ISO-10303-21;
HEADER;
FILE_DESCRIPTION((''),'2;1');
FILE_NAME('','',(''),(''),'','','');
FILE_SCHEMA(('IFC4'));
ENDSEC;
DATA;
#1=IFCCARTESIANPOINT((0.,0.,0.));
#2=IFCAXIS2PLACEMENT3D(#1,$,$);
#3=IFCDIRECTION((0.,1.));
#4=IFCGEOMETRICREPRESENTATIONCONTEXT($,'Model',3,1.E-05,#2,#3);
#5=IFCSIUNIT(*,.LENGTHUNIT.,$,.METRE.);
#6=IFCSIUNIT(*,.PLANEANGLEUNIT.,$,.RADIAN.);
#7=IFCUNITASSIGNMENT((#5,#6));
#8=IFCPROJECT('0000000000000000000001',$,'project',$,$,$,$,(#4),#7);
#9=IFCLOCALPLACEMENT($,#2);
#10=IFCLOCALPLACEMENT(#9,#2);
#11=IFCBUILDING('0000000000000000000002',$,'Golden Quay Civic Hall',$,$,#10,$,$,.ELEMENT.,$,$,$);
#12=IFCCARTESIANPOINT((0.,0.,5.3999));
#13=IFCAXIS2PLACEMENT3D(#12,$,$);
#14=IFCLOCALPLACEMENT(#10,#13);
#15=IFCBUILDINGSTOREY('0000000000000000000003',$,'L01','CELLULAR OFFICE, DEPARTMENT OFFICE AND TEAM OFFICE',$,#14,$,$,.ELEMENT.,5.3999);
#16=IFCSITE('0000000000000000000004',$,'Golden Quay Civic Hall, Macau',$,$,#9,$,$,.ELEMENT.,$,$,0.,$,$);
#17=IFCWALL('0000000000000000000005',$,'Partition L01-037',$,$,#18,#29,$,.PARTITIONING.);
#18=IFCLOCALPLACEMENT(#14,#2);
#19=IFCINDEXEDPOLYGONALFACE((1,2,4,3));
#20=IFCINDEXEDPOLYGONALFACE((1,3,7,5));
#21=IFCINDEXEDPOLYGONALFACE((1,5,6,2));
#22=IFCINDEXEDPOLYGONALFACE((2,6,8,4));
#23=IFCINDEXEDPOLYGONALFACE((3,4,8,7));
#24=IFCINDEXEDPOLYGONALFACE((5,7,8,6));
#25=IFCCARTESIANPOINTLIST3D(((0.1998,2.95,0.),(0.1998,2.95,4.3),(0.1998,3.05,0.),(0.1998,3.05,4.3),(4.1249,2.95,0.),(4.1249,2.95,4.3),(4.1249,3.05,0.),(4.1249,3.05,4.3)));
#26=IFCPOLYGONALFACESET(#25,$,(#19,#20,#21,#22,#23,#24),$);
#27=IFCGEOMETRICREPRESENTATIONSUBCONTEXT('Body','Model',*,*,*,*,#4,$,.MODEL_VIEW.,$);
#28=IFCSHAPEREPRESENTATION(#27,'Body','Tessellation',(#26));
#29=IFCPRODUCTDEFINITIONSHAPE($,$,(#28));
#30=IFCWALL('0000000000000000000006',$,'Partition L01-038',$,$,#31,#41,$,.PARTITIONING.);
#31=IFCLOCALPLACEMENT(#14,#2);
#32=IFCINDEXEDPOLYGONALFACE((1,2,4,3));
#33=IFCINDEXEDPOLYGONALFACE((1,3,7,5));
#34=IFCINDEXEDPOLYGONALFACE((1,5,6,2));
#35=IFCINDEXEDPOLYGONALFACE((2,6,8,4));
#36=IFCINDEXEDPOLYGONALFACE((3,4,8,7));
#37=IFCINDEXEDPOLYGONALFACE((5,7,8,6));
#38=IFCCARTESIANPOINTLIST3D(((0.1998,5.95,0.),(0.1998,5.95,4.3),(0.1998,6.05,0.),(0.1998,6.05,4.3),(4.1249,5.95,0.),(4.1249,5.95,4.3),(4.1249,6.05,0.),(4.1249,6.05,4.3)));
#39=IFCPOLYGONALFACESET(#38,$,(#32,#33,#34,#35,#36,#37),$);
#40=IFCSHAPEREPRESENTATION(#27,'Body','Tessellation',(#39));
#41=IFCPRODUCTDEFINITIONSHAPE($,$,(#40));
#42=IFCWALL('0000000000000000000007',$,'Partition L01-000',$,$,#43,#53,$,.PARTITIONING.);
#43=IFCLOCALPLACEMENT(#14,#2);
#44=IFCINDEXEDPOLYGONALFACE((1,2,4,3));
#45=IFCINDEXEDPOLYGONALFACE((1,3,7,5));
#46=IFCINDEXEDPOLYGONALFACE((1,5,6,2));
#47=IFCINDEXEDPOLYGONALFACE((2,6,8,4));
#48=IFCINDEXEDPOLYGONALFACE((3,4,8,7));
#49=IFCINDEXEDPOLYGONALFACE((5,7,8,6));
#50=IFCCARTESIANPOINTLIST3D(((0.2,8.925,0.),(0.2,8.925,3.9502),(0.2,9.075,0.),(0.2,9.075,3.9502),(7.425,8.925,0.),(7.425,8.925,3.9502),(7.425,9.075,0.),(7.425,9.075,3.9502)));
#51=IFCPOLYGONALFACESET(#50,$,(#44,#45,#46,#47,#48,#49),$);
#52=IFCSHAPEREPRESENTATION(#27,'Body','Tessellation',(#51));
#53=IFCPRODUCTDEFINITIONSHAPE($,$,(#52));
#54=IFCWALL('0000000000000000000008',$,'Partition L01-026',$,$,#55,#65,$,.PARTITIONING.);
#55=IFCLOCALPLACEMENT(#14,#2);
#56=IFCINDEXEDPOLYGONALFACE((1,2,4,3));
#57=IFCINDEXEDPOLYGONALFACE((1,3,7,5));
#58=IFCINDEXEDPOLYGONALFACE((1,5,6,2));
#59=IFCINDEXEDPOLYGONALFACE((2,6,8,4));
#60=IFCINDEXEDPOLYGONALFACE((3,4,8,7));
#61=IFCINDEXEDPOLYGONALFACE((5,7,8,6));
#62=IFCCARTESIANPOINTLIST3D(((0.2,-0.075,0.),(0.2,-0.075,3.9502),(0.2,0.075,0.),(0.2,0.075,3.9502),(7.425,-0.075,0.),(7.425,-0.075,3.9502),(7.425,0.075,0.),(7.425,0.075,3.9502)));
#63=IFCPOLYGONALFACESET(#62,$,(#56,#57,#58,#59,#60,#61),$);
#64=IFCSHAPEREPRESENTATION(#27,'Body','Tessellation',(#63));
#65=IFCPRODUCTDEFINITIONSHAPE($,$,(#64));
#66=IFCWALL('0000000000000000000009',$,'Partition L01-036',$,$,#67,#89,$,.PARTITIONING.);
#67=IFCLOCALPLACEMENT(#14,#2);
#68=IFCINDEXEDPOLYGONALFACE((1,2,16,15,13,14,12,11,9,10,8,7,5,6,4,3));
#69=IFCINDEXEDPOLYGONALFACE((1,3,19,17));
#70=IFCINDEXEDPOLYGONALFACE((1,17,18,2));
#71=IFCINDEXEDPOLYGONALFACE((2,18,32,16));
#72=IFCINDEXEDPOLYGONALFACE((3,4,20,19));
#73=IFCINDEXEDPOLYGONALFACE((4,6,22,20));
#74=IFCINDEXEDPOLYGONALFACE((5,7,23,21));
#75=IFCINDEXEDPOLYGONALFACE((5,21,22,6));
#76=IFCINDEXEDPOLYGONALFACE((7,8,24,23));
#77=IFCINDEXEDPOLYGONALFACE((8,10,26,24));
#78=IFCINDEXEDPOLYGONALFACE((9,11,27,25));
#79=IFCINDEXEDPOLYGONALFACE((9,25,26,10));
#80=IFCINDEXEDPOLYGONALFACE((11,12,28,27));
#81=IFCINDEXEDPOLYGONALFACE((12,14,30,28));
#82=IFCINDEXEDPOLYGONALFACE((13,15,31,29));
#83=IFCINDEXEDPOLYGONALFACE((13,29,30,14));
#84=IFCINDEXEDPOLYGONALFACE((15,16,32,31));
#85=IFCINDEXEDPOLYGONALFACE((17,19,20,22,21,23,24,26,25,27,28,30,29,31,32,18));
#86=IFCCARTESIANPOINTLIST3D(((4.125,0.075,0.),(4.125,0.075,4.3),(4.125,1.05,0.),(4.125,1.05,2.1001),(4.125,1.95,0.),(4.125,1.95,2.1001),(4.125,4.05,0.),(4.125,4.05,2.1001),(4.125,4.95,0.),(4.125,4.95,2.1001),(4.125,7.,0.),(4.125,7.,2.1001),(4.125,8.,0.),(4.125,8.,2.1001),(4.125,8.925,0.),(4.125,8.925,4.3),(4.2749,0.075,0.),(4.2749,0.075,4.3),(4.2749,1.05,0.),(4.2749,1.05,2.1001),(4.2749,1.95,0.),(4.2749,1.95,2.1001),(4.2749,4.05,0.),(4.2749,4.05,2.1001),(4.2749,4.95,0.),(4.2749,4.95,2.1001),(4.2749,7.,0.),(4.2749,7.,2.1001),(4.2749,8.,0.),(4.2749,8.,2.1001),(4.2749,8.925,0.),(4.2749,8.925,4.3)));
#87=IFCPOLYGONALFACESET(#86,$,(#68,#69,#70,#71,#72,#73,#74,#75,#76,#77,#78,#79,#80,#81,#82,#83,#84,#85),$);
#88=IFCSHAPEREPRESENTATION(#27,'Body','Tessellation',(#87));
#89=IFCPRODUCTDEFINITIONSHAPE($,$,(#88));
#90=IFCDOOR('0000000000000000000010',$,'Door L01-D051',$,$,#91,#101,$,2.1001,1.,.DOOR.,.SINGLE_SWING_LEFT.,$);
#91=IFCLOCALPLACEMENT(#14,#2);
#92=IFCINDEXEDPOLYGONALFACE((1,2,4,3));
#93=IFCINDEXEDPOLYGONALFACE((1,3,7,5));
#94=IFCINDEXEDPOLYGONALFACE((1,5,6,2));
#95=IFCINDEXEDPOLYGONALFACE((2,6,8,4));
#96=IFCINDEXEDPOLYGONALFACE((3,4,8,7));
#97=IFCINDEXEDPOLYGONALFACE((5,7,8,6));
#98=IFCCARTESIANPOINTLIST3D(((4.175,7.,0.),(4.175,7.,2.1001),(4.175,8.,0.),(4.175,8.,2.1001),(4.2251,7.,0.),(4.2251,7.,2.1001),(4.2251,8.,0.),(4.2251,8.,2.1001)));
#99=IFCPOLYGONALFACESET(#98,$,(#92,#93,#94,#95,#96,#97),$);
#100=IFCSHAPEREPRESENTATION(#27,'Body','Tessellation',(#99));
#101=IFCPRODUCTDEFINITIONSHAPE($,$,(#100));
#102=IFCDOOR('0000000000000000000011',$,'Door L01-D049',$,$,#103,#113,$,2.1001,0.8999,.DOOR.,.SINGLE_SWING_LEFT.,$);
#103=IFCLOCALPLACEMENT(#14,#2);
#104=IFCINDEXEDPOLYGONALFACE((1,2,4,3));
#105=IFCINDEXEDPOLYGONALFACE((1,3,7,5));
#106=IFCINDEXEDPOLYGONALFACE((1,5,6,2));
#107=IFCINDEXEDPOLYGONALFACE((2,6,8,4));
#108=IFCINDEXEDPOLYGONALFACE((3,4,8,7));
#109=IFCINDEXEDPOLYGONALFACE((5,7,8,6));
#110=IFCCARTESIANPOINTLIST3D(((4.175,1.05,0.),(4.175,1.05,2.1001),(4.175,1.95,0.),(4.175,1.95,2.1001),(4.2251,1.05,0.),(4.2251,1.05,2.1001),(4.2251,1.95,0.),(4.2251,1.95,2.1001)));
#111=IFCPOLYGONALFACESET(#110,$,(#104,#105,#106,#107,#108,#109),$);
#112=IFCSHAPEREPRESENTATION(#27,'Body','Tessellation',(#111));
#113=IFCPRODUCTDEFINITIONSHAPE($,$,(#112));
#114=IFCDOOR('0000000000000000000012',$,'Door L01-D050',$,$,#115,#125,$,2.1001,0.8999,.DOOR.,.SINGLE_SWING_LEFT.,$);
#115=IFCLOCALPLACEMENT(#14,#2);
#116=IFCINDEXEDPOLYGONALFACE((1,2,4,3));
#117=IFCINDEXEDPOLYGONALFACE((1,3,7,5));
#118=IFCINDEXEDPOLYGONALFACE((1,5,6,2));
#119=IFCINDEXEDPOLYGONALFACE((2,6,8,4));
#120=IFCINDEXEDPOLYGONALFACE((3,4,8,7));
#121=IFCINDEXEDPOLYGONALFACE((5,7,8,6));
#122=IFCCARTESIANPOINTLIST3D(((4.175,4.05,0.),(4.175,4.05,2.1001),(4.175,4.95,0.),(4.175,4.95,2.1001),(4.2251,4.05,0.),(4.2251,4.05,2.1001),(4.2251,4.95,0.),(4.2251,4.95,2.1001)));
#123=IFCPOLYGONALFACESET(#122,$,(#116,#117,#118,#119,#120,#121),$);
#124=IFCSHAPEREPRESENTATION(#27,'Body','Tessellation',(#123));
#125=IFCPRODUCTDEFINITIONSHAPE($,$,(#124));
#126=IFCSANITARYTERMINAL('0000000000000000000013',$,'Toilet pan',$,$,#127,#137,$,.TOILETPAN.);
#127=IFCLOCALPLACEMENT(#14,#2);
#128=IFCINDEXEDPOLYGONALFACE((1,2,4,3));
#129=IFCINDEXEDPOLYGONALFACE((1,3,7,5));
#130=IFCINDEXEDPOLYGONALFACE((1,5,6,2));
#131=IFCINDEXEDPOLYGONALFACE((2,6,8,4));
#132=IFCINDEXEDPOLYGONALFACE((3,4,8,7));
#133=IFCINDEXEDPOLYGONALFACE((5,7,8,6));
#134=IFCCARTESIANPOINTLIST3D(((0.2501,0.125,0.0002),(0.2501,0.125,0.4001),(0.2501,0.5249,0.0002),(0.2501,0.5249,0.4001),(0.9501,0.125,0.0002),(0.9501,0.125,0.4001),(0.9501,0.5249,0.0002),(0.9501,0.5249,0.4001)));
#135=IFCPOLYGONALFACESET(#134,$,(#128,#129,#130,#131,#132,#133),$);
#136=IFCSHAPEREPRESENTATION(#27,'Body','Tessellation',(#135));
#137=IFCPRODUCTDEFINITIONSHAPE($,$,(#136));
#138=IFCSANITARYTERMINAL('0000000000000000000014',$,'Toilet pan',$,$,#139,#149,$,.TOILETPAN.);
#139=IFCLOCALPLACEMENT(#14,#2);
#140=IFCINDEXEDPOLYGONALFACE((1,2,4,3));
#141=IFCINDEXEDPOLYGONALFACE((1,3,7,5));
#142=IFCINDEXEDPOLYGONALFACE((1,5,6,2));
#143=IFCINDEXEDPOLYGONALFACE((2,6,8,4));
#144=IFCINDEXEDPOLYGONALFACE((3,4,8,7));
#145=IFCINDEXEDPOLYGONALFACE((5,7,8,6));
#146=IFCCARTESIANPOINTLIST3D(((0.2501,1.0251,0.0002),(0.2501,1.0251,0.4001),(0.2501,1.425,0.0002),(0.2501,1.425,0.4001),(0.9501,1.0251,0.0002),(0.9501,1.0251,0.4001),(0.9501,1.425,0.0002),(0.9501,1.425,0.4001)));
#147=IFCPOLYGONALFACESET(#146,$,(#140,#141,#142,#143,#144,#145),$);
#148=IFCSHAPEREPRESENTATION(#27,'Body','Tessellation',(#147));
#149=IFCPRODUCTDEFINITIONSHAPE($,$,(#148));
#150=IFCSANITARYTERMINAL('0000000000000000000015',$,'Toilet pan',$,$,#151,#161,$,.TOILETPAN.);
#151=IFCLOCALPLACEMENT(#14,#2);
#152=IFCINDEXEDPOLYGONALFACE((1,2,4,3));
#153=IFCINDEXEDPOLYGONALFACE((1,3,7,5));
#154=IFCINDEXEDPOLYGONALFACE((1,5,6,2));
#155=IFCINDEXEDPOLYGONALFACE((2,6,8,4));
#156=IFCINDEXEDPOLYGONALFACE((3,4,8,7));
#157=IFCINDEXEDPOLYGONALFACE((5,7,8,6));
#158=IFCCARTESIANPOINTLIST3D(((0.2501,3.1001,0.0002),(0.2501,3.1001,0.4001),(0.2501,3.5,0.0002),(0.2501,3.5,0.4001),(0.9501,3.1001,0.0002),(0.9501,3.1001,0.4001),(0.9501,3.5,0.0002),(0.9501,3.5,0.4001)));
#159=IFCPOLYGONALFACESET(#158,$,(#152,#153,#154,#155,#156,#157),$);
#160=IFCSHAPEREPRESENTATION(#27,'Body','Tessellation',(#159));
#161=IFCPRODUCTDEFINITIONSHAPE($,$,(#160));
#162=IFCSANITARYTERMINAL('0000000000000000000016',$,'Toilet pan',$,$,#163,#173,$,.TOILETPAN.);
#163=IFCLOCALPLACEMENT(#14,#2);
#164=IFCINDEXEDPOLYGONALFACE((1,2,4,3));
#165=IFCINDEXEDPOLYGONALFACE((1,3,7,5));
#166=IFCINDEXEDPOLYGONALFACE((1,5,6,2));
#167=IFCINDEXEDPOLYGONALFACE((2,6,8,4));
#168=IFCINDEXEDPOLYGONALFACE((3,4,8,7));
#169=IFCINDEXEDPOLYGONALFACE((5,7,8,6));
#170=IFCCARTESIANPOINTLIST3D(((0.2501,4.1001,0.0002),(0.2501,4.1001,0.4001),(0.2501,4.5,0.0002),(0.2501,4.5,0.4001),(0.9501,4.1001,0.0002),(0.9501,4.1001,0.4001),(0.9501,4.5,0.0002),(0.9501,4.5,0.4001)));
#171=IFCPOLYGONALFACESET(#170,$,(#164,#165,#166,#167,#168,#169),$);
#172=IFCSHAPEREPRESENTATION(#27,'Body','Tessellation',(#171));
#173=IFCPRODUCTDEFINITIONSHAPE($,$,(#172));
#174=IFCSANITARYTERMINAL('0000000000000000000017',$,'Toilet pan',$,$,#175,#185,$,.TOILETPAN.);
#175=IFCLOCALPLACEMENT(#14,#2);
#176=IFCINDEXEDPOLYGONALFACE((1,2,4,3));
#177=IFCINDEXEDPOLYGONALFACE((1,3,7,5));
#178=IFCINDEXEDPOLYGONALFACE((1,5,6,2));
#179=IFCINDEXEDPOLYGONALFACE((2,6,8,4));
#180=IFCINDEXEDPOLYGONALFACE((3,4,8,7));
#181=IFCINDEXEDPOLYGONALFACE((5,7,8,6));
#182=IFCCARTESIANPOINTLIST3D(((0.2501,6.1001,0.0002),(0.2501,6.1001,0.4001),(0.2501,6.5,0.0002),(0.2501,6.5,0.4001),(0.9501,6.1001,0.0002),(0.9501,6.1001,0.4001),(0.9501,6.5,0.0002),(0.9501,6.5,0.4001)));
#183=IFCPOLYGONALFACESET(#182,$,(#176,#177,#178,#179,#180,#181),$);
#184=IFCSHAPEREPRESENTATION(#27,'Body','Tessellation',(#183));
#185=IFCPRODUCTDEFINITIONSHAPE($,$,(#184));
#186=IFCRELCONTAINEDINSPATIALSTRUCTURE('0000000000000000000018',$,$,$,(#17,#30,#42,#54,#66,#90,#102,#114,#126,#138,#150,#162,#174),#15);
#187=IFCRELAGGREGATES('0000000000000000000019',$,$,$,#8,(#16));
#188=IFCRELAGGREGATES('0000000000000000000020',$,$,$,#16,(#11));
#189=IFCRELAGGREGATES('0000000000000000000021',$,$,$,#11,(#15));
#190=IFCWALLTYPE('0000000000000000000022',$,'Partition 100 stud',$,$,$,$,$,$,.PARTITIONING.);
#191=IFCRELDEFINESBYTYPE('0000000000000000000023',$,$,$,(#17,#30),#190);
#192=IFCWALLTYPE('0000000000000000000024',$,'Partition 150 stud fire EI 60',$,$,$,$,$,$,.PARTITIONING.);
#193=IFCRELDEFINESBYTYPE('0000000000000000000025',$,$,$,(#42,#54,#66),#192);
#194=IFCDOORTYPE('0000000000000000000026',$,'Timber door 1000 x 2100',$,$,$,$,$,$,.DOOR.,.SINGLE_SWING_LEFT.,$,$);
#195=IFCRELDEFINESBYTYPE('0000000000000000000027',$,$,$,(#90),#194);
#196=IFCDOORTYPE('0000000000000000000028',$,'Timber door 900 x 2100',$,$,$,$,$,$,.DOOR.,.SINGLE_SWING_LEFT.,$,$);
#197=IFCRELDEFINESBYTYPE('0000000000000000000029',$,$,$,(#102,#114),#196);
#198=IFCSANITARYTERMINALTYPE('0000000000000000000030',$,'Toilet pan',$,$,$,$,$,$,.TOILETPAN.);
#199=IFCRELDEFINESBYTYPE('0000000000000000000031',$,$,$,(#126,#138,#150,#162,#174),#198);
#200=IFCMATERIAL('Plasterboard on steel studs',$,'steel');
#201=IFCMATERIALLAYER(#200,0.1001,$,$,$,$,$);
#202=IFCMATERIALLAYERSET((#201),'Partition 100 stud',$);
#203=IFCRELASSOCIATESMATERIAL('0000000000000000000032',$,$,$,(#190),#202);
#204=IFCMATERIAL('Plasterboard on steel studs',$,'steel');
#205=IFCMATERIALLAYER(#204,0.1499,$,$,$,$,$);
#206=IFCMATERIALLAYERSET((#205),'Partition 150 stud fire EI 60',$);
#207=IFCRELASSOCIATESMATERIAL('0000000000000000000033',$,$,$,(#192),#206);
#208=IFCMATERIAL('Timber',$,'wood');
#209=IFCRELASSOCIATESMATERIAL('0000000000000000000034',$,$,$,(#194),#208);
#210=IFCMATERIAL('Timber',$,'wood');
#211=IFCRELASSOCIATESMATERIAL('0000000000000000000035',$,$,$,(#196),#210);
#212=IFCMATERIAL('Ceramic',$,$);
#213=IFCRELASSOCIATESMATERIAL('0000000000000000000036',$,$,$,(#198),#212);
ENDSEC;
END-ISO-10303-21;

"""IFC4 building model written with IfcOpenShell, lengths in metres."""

from ifc_helpers import new_model, si_unit, direction, frame, frame_2d, origin, origin_2d, place, context, subcontext, project, spatial, rectangle, extrude, material, layer, layer_set, type_object, element, fill, save


model = new_model("IFC4")

# Units and contexts
model_context = context("Model", 3, precision=1e-05, world=origin(), true_north=direction((0.0, 1.0)))
body_context = subcontext(model_context, "Body", "Model", "MODEL_VIEW")
ifc_project = project(units=[si_unit("LENGTHUNIT", "METRE"), si_unit("PLANEANGLEUNIT", "RADIAN")], contexts=[model_context])

# Site, building, storey
site_placement = place(None, origin())
site = spatial("IfcSite", under=ifc_project, at=site_placement, Name="Golden Quay Civic Hall, Macau", CompositionType="ELEMENT", RefElevation=0.0)
building_placement = place(site_placement, origin())
building = spatial("IfcBuilding", under=site, at=building_placement, Name="Golden Quay Civic Hall", CompositionType="ELEMENT")
storey_placement = place(building_placement, frame((0.0, 0.0, 5.3999)))
storey = spatial("IfcBuildingStorey", under=building, at=storey_placement, Name="L01", Description="CELLULAR OFFICE, DEPARTMENT OFFICE AND TEAM OFFICE", CompositionType="ELEMENT", Elevation=5.3999)

# Walls
ifc_material_1 = material(Name="Plasterboard on steel studs", Category="steel")
ifc_layer_1 = layer(ifc_material_1, 0.1001)
ifc_layer_set_1 = layer_set([ifc_layer_1], Name="Partition 100 stud")
wall_type_1 = type_object("IfcWallType", Name="Partition 100 stud", PredefinedType="PARTITIONING", material=ifc_layer_set_1)
for number, where, z_axis, x_axis, name in (
    (1, (0.2, 3.0, 0.0), (0.0, 0.0, 1.0), (1.0, 0.0, 0.0), "Partition L01-037"),
    (2, (0.2, 6.0, 0.0), (0.0, 0.0, 1.0), (1.0, 0.0, 0.0), "Partition L01-038"),
):
    element("IfcWall", number, at=place(storey_placement, frame(where, z_axis=z_axis, x_axis=x_axis)), inside=storey, type_object=wall_type_1, Name=name, PredefinedType="PARTITIONING", context=body_context, shape_type="SweptSolid", body=[
        extrude(rectangle(XDim=3.925, YDim=0.1001, at=frame_2d((1.9624, 0.0))), origin(), (0.0, 0.0, 1.0), 4.3),
    ])
ifc_material_2 = material(Name="Plasterboard on steel studs", Category="steel")
ifc_layer_2 = layer(ifc_material_2, 0.1499)
ifc_layer_set_2 = layer_set([ifc_layer_2], Name="Partition 150 stud fire EI 60")
wall_type_2 = type_object("IfcWallType", Name="Partition 150 stud fire EI 60", PredefinedType="PARTITIONING", material=ifc_layer_set_2)
for number, where, z_axis, x_axis, name in (
    (3, (0.2, 9.0, 0.0), (0.0, 0.0, 1.0), (1.0, 0.0, 0.0), "Partition L01-000"),
    (4, (0.2, 0.0, 0.0), (0.0, 0.0, 1.0), (1.0, 0.0, 0.0), "Partition L01-026"),
):
    element("IfcWall", number, at=place(storey_placement, frame(where, z_axis=z_axis, x_axis=x_axis)), inside=storey, type_object=wall_type_2, Name=name, PredefinedType="PARTITIONING", context=body_context, shape_type="SweptSolid", body=[
        extrude(rectangle(XDim=7.2251, YDim=0.1499, at=frame_2d((3.6125, 0.0))), origin(), (0.0, 0.0, 1.0), 3.9502),
    ])

# Wall, openings, doors
wall_1_placement = place(storey_placement, frame((4.2, 0.075, 0.0), z_axis=(0.0, 0.0, 1.0), x_axis=(0.0, 1.0, 0.0)))
wall_1 = element("IfcWall", 5, at=wall_1_placement, inside=storey, type_object=wall_type_2, Name="Partition L01-036", PredefinedType="PARTITIONING", context=body_context, shape_type="SweptSolid", body=[
    extrude(rectangle(XDim=8.8501, YDim=0.1499, at=frame_2d((4.425, 0.0))), origin(), (0.0, 0.0, 1.0), 4.3),
])
opening_1_placement = place(wall_1_placement, frame((0.9751, 0.0, 0.0)))
opening_1 = element("IfcOpeningElement", 6, at=opening_1_placement, cuts=wall_1, PredefinedType="OPENING", context=body_context, shape_type="SweptSolid", body=[
    extrude(rectangle(XDim=0.8999, YDim=2.1001, at=frame_2d((0.45, 1.05))), frame((0.0, 0.085, 0.0), z_axis=(0.0, -1.0, 0.0), x_axis=(1.0, 0.0, 0.0)), (0.0, 0.0, 1.0), 0.1699),
])
opening_2_placement = place(wall_1_placement, frame((3.9751, 0.0, 0.0)))
opening_2 = element("IfcOpeningElement", 7, at=opening_2_placement, cuts=wall_1, PredefinedType="OPENING", context=body_context, shape_type="SweptSolid", body=[
    extrude(rectangle(XDim=0.8999, YDim=2.1001, at=frame_2d((0.45, 1.05))), frame((0.0, 0.085, 0.0), z_axis=(0.0, -1.0, 0.0), x_axis=(1.0, 0.0, 0.0)), (0.0, 0.0, 1.0), 0.1699),
])
opening_3_placement = place(wall_1_placement, frame((6.925, 0.0, 0.0)))
opening_3 = element("IfcOpeningElement", 8, at=opening_3_placement, cuts=wall_1, PredefinedType="OPENING", context=body_context, shape_type="SweptSolid", body=[
    extrude(rectangle(XDim=1.0, YDim=2.1001, at=frame_2d((0.5, 1.05))), frame((0.0, 0.085, 0.0), z_axis=(0.0, -1.0, 0.0), x_axis=(1.0, 0.0, 0.0)), (0.0, 0.0, 1.0), 0.1699),
])
ifc_material_3 = material(Name="Timber", Category="wood")
door_type_1 = type_object("IfcDoorType", Name="Timber door 1000 x 2100", OperationType="SINGLE_SWING_LEFT", PredefinedType="DOOR", material=ifc_material_3)
door_1_placement = place(opening_3_placement, origin())
door_1 = element("IfcDoor", 9, at=door_1_placement, inside=storey, type_object=door_type_1, Name="Door L01-D051", OperationType="SINGLE_SWING_LEFT", OverallHeight=2.1001, OverallWidth=1.0, PredefinedType="DOOR", context=body_context, shape_type="SweptSolid", body=[
    extrude(rectangle(XDim=1.0, YDim=2.1001, at=frame_2d((0.5, 1.05))), frame((0.0, 0.0249, 0.0), z_axis=(0.0, -1.0, 0.0), x_axis=(1.0, 0.0, 0.0)), (0.0, 0.0, 1.0), 0.05),
])
fill(opening_3, door_1)
ifc_material_4 = material(Name="Timber", Category="wood")
door_type_2 = type_object("IfcDoorType", Name="Timber door 900 x 2100", OperationType="SINGLE_SWING_LEFT", PredefinedType="DOOR", material=ifc_material_4)
door_2_placement = place(opening_1_placement, origin())
door_2 = element("IfcDoor", 10, at=door_2_placement, inside=storey, type_object=door_type_2, Name="Door L01-D049", OperationType="SINGLE_SWING_LEFT", OverallHeight=2.1001, OverallWidth=0.8999, PredefinedType="DOOR", context=body_context, shape_type="SweptSolid", body=[
    extrude(rectangle(XDim=0.8999, YDim=2.1001, at=frame_2d((0.45, 1.05))), frame((0.0, 0.0249, 0.0), z_axis=(0.0, -1.0, 0.0), x_axis=(1.0, 0.0, 0.0)), (0.0, 0.0, 1.0), 0.05),
])
fill(opening_1, door_2)
door_3_placement = place(opening_2_placement, origin())
door_3 = element("IfcDoor", 11, at=door_3_placement, inside=storey, type_object=door_type_2, Name="Door L01-D050", OperationType="SINGLE_SWING_LEFT", OverallHeight=2.1001, OverallWidth=0.8999, PredefinedType="DOOR", context=body_context, shape_type="SweptSolid", body=[
    extrude(rectangle(XDim=0.8999, YDim=2.1001, at=frame_2d((0.45, 1.05))), frame((0.0, 0.0249, 0.0), z_axis=(0.0, -1.0, 0.0), x_axis=(1.0, 0.0, 0.0)), (0.0, 0.0, 1.0), 0.05),
])
fill(opening_2, door_3)

# Sanitary terminals
ifc_material_5 = material(Name="Ceramic")
sanitary_terminal_type_1 = type_object("IfcSanitaryTerminalType", Name="Toilet pan", PredefinedType="TOILETPAN", material=ifc_material_5)
for number, where, z_axis, x_axis, name in (
    (12, (0.6001, 0.325, 0.0002), (0.0, 0.0, 1.0), (0.0, 1.0, 0.0), "Toilet pan"),
    (13, (0.6001, 1.2251, 0.0002), (0.0, 0.0, 1.0), (0.0, 1.0, 0.0), "Toilet pan"),
    (14, (0.6001, 3.3, 0.0002), (0.0, 0.0, 1.0), (0.0, 1.0, 0.0), "Toilet pan"),
    (15, (0.6001, 4.3, 0.0002), (0.0, 0.0, 1.0), (0.0, 1.0, 0.0), "Toilet pan"),
    (16, (0.6001, 6.3, 0.0002), (0.0, 0.0, 1.0), (0.0, 1.0, 0.0), "Toilet pan"),
):
    element("IfcSanitaryTerminal", number, at=place(storey_placement, frame(where, z_axis=z_axis, x_axis=x_axis)), inside=storey, type_object=sanitary_terminal_type_1, Name=name, PredefinedType="TOILETPAN", context=body_context, shape_type="SweptSolid", body=[
        extrude(rectangle(XDim=0.3999, YDim=0.7, at=origin_2d()), origin(), (0.0, 0.0, 1.0), 0.3999),
    ])

save(model, "model.ifc")
